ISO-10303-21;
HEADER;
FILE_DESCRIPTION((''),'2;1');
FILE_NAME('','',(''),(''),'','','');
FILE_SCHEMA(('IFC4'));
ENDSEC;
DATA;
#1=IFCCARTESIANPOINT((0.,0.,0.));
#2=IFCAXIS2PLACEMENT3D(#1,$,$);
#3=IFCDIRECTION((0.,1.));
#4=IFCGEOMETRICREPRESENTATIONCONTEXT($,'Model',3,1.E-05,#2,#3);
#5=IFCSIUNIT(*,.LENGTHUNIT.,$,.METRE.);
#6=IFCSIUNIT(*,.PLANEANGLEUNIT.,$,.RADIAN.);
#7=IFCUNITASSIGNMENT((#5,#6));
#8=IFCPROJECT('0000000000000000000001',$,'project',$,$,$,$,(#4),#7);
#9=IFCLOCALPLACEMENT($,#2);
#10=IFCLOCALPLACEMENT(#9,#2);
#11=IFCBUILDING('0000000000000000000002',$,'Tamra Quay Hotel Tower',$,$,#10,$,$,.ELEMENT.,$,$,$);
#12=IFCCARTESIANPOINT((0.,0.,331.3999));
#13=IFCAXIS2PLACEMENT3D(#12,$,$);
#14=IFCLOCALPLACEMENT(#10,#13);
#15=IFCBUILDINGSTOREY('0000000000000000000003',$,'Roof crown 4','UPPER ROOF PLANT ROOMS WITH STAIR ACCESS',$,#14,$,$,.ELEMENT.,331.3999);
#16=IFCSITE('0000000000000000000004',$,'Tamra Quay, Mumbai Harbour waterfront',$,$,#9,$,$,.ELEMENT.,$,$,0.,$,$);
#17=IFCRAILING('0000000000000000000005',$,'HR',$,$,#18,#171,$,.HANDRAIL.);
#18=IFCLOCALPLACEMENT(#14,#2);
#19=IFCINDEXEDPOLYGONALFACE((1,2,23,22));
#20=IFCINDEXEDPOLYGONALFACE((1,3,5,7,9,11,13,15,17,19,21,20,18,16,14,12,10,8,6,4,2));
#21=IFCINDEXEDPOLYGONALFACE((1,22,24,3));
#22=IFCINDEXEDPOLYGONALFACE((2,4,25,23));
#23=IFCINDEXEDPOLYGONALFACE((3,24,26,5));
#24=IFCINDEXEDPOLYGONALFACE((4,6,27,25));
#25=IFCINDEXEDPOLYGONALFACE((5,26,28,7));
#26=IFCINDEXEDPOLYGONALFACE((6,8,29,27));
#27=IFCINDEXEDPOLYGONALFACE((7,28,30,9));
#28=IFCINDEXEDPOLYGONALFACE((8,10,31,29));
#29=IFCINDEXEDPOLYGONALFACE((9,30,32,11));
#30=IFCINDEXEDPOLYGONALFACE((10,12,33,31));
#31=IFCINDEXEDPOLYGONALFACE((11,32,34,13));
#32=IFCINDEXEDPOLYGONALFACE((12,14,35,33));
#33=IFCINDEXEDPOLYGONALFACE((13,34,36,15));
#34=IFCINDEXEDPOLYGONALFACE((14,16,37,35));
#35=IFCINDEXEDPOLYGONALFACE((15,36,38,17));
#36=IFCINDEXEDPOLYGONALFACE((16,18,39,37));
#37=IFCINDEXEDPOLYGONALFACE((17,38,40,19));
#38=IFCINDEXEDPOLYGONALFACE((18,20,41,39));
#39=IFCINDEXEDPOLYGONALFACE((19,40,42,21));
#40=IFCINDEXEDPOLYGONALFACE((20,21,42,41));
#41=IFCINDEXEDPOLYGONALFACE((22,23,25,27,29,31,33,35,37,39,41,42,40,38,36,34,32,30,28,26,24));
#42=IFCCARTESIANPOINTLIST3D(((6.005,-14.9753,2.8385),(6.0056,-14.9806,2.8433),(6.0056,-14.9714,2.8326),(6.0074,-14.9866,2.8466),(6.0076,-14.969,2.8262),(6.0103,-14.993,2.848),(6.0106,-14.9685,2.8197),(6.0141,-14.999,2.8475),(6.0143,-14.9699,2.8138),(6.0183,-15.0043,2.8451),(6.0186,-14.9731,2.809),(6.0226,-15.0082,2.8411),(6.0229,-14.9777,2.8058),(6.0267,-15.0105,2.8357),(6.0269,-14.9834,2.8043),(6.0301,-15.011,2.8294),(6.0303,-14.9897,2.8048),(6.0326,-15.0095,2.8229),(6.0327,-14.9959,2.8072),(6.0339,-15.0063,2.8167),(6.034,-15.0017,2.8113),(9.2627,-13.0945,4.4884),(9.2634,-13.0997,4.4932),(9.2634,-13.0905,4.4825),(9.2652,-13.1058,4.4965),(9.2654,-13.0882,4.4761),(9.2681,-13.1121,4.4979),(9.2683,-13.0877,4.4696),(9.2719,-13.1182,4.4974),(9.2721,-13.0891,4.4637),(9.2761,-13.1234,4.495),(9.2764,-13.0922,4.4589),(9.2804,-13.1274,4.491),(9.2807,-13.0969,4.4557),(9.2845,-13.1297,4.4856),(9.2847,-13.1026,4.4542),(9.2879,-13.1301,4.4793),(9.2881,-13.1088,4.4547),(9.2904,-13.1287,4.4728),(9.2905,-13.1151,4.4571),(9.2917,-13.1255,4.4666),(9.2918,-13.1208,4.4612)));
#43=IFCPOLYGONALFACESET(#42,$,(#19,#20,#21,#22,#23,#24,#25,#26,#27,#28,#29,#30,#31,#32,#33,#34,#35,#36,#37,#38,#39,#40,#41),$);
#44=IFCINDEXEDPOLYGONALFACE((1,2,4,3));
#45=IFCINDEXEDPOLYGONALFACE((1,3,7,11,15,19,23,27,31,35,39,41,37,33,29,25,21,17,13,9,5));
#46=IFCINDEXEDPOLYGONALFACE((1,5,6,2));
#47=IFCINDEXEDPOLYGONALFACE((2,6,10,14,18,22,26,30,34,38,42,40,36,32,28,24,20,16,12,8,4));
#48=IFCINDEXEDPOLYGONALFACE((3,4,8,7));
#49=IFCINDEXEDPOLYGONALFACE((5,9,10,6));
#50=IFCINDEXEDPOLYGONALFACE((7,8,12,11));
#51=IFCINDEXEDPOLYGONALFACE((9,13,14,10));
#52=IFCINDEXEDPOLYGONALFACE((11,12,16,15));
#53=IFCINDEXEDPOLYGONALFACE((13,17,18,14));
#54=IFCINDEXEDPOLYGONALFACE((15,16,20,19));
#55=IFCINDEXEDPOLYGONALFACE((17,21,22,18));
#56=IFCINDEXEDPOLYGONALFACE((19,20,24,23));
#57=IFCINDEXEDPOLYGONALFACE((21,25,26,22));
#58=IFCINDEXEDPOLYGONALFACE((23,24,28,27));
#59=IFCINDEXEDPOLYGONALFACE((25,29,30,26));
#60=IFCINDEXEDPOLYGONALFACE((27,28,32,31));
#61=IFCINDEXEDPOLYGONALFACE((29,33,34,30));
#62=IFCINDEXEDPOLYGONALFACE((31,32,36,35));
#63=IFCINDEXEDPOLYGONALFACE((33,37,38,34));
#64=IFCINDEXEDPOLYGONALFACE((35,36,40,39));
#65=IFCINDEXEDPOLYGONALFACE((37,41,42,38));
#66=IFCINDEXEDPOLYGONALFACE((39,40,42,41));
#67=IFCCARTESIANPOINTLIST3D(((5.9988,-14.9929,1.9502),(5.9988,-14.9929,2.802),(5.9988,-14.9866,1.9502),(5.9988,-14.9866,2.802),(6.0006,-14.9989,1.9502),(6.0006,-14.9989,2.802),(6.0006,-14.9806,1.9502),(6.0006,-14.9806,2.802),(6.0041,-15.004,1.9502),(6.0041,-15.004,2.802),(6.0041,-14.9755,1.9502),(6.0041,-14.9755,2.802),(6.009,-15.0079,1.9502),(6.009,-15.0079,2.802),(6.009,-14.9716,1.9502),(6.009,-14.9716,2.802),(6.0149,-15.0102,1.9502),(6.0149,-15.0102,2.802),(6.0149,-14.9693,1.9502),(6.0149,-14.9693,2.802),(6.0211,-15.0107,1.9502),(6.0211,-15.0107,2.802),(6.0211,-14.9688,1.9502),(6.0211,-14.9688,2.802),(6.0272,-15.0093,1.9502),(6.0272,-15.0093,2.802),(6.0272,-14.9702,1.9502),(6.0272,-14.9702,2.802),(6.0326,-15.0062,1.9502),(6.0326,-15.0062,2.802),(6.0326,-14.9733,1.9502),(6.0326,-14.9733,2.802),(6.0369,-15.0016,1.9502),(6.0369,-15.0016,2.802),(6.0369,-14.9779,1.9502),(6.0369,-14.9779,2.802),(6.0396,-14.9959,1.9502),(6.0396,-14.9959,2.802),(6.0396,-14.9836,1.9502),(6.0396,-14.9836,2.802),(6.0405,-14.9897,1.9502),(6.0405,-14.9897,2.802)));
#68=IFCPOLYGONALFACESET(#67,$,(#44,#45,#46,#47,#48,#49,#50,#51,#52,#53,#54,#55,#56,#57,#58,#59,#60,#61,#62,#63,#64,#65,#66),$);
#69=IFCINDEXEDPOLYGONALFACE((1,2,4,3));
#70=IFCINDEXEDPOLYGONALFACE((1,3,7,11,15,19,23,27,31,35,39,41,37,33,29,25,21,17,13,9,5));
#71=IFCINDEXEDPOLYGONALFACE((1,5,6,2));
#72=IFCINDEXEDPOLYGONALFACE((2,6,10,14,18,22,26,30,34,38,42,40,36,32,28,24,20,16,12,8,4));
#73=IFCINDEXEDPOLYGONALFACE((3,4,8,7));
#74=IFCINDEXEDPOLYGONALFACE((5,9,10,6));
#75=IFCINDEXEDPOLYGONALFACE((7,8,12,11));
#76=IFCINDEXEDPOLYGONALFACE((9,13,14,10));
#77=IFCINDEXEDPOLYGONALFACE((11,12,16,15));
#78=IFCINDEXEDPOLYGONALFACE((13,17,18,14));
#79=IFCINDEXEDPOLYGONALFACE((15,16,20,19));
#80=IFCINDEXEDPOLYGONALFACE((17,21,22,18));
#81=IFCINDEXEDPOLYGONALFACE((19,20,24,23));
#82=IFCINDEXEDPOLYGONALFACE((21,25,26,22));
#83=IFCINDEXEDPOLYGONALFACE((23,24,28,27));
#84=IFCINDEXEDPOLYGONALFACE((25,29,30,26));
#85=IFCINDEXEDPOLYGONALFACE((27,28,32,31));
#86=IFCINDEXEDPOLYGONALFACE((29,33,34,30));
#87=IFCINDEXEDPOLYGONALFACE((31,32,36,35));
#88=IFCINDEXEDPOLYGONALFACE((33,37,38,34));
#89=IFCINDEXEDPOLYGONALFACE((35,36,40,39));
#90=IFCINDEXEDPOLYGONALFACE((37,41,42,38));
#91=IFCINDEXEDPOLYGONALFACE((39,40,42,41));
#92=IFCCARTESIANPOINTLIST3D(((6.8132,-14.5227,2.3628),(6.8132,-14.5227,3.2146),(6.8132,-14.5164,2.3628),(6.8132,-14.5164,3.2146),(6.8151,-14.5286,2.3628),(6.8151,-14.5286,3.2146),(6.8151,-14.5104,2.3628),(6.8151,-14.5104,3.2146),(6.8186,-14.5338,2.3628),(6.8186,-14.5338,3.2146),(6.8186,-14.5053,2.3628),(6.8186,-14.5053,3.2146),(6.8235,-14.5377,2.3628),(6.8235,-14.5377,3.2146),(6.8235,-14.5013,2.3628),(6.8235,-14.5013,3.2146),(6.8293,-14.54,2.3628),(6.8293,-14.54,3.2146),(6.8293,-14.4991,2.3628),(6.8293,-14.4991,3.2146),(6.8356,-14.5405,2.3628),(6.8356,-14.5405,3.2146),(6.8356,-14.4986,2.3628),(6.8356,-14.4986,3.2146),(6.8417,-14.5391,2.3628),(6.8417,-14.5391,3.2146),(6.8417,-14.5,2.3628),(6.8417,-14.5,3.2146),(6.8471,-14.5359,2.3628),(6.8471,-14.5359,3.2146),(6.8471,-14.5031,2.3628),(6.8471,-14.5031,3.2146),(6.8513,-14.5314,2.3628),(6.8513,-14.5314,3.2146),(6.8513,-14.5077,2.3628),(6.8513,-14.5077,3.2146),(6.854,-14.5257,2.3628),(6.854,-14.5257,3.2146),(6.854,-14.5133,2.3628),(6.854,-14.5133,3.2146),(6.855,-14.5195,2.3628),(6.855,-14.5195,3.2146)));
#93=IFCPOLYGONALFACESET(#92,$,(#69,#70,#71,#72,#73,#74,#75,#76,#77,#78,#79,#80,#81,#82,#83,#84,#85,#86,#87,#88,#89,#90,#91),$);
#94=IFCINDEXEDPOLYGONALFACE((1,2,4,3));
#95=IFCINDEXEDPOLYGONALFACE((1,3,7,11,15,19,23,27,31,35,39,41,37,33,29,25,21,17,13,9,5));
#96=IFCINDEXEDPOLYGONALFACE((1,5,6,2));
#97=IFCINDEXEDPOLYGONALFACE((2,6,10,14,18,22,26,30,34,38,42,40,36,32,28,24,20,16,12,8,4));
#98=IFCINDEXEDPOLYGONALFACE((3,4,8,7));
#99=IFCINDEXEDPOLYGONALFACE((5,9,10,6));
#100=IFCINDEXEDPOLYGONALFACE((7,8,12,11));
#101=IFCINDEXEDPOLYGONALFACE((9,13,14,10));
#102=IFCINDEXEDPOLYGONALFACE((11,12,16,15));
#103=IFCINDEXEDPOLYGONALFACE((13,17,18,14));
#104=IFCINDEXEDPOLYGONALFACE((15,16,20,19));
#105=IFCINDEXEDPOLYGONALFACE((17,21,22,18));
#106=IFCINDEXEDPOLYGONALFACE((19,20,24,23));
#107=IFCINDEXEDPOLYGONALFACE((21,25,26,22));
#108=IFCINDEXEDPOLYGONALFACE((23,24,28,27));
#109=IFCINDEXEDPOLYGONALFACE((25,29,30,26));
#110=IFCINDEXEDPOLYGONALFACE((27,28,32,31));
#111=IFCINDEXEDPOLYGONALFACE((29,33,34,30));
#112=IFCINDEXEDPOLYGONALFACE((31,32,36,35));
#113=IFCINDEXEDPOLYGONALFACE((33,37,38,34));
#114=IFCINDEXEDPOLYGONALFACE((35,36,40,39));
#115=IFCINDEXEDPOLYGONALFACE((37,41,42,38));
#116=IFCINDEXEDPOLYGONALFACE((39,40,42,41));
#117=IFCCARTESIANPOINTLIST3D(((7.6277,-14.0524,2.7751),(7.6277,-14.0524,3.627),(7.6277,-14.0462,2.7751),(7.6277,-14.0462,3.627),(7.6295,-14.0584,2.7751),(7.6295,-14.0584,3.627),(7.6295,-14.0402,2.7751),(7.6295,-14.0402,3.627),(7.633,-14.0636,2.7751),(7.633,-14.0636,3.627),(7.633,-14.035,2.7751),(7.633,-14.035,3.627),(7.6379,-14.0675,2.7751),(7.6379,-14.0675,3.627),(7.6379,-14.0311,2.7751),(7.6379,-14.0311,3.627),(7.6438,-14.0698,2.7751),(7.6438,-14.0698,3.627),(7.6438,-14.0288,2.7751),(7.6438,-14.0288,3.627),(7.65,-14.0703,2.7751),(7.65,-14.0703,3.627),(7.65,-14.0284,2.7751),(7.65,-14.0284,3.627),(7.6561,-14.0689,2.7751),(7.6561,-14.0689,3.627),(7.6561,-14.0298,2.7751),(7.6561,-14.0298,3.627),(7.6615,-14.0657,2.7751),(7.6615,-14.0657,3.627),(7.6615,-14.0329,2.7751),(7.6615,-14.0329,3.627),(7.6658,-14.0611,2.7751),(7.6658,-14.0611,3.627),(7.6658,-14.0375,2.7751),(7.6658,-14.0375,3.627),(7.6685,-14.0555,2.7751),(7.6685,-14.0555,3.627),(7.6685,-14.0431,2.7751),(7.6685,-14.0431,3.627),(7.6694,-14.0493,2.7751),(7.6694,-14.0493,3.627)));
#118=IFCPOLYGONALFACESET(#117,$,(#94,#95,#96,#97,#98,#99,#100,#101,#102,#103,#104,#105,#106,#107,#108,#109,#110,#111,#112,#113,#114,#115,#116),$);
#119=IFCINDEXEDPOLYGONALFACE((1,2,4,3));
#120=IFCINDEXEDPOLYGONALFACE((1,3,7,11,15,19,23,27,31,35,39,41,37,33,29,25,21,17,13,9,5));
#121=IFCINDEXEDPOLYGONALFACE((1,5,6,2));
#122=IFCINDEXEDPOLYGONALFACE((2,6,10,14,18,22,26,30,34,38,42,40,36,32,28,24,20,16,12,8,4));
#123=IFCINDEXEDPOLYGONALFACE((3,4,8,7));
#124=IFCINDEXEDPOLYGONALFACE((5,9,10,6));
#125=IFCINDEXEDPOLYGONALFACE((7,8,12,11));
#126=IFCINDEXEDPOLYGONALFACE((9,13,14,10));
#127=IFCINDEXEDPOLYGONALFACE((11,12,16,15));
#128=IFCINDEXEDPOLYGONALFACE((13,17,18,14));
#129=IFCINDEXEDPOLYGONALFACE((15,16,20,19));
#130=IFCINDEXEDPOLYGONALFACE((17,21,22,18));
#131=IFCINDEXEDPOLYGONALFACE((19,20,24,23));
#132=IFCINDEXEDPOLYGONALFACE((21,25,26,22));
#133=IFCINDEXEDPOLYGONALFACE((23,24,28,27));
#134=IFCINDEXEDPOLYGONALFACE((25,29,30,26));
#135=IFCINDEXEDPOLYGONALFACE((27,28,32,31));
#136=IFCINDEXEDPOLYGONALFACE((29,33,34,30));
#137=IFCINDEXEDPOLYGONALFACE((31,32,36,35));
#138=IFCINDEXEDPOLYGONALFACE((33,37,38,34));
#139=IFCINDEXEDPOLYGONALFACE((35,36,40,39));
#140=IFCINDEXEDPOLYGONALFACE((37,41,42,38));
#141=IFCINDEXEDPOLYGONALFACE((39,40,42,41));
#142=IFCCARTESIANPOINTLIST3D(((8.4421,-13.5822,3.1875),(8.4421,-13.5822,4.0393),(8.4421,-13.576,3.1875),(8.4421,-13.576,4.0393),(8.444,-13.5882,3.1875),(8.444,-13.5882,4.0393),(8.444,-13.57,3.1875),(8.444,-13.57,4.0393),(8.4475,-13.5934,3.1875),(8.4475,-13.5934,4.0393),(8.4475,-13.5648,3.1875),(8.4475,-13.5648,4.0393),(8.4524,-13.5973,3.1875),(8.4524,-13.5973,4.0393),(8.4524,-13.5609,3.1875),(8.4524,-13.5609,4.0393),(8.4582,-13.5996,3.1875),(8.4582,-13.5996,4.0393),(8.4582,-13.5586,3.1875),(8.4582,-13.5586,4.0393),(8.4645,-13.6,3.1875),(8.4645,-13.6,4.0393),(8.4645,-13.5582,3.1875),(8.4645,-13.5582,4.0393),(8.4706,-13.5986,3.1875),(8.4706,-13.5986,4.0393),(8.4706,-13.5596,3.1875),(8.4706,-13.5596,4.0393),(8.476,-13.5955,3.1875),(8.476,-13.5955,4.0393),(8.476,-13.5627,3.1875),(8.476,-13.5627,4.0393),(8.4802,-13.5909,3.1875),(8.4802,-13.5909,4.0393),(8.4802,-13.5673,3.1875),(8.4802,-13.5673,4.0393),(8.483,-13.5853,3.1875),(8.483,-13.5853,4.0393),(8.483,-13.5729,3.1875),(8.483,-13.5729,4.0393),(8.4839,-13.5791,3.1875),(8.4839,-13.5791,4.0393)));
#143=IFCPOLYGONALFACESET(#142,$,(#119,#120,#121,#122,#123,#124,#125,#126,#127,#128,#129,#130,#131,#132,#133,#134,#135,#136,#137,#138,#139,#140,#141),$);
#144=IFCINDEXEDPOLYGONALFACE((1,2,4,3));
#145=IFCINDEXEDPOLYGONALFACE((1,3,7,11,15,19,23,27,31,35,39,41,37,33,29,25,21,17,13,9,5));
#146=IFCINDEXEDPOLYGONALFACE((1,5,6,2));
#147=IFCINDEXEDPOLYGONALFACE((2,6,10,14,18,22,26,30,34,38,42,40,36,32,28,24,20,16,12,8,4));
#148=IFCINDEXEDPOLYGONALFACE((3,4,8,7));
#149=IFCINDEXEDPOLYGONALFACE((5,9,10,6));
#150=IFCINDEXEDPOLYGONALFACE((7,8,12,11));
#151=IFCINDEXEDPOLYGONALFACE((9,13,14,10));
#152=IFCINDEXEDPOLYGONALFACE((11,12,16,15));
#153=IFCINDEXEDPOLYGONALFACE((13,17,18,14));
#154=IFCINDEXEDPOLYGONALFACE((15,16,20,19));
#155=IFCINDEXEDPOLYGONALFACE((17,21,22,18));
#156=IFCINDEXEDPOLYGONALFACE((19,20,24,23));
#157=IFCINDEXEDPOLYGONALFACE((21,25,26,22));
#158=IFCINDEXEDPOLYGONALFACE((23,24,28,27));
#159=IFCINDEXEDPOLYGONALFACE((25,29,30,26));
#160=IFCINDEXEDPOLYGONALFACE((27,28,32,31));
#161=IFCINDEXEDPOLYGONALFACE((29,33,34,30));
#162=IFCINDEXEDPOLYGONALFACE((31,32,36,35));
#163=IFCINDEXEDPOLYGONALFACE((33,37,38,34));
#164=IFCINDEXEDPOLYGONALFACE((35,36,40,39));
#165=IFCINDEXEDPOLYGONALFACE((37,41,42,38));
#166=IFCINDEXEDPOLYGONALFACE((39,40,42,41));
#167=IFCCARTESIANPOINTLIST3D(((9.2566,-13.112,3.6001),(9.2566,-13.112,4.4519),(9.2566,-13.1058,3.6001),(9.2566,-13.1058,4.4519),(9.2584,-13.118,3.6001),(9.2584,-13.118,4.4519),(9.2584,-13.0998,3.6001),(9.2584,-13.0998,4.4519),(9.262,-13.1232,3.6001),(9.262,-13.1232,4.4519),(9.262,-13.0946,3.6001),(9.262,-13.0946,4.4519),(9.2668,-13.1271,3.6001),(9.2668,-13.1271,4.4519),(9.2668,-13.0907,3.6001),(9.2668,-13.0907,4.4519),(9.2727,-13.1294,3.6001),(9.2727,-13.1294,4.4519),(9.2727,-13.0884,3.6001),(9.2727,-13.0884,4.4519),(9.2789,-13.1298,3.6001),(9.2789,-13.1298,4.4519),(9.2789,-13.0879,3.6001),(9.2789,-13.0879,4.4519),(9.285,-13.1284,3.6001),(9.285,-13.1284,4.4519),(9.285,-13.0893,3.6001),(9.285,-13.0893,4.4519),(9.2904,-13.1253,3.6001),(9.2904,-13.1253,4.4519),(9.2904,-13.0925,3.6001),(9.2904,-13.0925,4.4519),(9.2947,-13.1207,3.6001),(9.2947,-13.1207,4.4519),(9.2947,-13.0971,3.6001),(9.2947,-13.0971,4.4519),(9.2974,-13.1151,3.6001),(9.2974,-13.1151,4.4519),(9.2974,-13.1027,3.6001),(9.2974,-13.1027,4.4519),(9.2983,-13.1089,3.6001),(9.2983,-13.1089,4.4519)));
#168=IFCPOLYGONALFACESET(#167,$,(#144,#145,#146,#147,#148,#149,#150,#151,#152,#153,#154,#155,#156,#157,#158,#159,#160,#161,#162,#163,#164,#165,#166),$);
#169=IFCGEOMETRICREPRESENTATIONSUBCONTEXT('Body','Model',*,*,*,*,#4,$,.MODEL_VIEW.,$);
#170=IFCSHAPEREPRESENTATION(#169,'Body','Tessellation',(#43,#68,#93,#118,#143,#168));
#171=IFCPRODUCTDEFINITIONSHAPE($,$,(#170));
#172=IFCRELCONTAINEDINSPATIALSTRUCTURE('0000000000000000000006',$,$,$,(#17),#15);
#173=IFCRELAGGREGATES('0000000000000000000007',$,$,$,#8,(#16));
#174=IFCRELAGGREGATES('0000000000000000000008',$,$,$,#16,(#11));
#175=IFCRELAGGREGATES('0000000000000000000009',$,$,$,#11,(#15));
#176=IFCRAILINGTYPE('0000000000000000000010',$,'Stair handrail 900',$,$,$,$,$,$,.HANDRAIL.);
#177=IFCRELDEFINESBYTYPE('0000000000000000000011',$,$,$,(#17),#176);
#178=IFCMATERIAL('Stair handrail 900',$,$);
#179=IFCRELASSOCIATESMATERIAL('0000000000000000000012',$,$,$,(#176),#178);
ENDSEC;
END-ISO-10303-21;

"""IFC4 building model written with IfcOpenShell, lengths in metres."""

from ifc_helpers import new_model, si_unit, direction, frame, origin, origin_2d, place, context, subcontext, project, spatial, circle, extrude, material, type_object, element, save


model = new_model("IFC4")

# Units and contexts
model_context = context("Model", 3, precision=1e-05, world=origin(), true_north=direction((0.0, 1.0)))
body_context = subcontext(model_context, "Body", "Model", "MODEL_VIEW")
ifc_project = project(units=[si_unit("LENGTHUNIT", "METRE"), si_unit("PLANEANGLEUNIT", "RADIAN")], contexts=[model_context])

# Site, building, storey
site_placement = place(None, origin())
site = spatial("IfcSite", under=ifc_project, at=site_placement, Name="Tamra Quay, Mumbai Harbour waterfront", CompositionType="ELEMENT", RefElevation=0.0)
building_placement = place(site_placement, origin())
building = spatial("IfcBuilding", under=site, at=building_placement, Name="Tamra Quay Hotel Tower", CompositionType="ELEMENT")
storey_placement = place(building_placement, frame((0.0, 0.0, 331.3999)))
storey = spatial("IfcBuildingStorey", under=building, at=storey_placement, Name="Roof crown 4", Description="UPPER ROOF PLANT ROOMS WITH STAIR ACCESS", CompositionType="ELEMENT", Elevation=331.3999)

# Railing
ifc_material_1 = material(Name="Stair handrail 900")
railing_type = type_object("IfcRailingType", Name="Stair handrail 900", PredefinedType="HANDRAIL", material=ifc_material_1)
railing_placement = place(storey_placement, frame((6.0195, -14.9897, 1.9502)))
element("IfcRailing", 1, at=railing_placement, inside=storey, type_object=railing_type, Name="HR", PredefinedType="HANDRAIL", context=body_context, shape_type="SweptSolid", body=[
    extrude(circle(Radius=0.0239, at=origin_2d()), frame((0.0, 0.0, 0.876), z_axis=(0.7931, 0.457887, 0.401661), x_axis=(-0.499992, 0.86603, 0.0)), (0.0, 0.0, 1.0), 4.1077),
    extrude(circle(Radius=0.021, at=origin_2d()), origin(), (0.0, 0.0, 1.0), 0.8518),
    extrude(circle(Radius=0.021, at=origin_2d()), frame((0.8145, 0.4702, 0.4126)), (0.0, 0.0, 1.0), 0.8518),
    extrude(circle(Radius=0.021, at=origin_2d()), frame((1.6289, 0.9404, 0.825)), (0.0, 0.0, 1.0), 0.8518),
    extrude(circle(Radius=0.021, at=origin_2d()), frame((2.4434, 1.4106, 1.2373)), (0.0, 0.0, 1.0), 0.8518),
    extrude(circle(Radius=0.021, at=origin_2d()), frame((3.2578, 1.8809, 1.6499)), (0.0, 0.0, 1.0), 0.8518),
])

save(model, "model.ifc")
